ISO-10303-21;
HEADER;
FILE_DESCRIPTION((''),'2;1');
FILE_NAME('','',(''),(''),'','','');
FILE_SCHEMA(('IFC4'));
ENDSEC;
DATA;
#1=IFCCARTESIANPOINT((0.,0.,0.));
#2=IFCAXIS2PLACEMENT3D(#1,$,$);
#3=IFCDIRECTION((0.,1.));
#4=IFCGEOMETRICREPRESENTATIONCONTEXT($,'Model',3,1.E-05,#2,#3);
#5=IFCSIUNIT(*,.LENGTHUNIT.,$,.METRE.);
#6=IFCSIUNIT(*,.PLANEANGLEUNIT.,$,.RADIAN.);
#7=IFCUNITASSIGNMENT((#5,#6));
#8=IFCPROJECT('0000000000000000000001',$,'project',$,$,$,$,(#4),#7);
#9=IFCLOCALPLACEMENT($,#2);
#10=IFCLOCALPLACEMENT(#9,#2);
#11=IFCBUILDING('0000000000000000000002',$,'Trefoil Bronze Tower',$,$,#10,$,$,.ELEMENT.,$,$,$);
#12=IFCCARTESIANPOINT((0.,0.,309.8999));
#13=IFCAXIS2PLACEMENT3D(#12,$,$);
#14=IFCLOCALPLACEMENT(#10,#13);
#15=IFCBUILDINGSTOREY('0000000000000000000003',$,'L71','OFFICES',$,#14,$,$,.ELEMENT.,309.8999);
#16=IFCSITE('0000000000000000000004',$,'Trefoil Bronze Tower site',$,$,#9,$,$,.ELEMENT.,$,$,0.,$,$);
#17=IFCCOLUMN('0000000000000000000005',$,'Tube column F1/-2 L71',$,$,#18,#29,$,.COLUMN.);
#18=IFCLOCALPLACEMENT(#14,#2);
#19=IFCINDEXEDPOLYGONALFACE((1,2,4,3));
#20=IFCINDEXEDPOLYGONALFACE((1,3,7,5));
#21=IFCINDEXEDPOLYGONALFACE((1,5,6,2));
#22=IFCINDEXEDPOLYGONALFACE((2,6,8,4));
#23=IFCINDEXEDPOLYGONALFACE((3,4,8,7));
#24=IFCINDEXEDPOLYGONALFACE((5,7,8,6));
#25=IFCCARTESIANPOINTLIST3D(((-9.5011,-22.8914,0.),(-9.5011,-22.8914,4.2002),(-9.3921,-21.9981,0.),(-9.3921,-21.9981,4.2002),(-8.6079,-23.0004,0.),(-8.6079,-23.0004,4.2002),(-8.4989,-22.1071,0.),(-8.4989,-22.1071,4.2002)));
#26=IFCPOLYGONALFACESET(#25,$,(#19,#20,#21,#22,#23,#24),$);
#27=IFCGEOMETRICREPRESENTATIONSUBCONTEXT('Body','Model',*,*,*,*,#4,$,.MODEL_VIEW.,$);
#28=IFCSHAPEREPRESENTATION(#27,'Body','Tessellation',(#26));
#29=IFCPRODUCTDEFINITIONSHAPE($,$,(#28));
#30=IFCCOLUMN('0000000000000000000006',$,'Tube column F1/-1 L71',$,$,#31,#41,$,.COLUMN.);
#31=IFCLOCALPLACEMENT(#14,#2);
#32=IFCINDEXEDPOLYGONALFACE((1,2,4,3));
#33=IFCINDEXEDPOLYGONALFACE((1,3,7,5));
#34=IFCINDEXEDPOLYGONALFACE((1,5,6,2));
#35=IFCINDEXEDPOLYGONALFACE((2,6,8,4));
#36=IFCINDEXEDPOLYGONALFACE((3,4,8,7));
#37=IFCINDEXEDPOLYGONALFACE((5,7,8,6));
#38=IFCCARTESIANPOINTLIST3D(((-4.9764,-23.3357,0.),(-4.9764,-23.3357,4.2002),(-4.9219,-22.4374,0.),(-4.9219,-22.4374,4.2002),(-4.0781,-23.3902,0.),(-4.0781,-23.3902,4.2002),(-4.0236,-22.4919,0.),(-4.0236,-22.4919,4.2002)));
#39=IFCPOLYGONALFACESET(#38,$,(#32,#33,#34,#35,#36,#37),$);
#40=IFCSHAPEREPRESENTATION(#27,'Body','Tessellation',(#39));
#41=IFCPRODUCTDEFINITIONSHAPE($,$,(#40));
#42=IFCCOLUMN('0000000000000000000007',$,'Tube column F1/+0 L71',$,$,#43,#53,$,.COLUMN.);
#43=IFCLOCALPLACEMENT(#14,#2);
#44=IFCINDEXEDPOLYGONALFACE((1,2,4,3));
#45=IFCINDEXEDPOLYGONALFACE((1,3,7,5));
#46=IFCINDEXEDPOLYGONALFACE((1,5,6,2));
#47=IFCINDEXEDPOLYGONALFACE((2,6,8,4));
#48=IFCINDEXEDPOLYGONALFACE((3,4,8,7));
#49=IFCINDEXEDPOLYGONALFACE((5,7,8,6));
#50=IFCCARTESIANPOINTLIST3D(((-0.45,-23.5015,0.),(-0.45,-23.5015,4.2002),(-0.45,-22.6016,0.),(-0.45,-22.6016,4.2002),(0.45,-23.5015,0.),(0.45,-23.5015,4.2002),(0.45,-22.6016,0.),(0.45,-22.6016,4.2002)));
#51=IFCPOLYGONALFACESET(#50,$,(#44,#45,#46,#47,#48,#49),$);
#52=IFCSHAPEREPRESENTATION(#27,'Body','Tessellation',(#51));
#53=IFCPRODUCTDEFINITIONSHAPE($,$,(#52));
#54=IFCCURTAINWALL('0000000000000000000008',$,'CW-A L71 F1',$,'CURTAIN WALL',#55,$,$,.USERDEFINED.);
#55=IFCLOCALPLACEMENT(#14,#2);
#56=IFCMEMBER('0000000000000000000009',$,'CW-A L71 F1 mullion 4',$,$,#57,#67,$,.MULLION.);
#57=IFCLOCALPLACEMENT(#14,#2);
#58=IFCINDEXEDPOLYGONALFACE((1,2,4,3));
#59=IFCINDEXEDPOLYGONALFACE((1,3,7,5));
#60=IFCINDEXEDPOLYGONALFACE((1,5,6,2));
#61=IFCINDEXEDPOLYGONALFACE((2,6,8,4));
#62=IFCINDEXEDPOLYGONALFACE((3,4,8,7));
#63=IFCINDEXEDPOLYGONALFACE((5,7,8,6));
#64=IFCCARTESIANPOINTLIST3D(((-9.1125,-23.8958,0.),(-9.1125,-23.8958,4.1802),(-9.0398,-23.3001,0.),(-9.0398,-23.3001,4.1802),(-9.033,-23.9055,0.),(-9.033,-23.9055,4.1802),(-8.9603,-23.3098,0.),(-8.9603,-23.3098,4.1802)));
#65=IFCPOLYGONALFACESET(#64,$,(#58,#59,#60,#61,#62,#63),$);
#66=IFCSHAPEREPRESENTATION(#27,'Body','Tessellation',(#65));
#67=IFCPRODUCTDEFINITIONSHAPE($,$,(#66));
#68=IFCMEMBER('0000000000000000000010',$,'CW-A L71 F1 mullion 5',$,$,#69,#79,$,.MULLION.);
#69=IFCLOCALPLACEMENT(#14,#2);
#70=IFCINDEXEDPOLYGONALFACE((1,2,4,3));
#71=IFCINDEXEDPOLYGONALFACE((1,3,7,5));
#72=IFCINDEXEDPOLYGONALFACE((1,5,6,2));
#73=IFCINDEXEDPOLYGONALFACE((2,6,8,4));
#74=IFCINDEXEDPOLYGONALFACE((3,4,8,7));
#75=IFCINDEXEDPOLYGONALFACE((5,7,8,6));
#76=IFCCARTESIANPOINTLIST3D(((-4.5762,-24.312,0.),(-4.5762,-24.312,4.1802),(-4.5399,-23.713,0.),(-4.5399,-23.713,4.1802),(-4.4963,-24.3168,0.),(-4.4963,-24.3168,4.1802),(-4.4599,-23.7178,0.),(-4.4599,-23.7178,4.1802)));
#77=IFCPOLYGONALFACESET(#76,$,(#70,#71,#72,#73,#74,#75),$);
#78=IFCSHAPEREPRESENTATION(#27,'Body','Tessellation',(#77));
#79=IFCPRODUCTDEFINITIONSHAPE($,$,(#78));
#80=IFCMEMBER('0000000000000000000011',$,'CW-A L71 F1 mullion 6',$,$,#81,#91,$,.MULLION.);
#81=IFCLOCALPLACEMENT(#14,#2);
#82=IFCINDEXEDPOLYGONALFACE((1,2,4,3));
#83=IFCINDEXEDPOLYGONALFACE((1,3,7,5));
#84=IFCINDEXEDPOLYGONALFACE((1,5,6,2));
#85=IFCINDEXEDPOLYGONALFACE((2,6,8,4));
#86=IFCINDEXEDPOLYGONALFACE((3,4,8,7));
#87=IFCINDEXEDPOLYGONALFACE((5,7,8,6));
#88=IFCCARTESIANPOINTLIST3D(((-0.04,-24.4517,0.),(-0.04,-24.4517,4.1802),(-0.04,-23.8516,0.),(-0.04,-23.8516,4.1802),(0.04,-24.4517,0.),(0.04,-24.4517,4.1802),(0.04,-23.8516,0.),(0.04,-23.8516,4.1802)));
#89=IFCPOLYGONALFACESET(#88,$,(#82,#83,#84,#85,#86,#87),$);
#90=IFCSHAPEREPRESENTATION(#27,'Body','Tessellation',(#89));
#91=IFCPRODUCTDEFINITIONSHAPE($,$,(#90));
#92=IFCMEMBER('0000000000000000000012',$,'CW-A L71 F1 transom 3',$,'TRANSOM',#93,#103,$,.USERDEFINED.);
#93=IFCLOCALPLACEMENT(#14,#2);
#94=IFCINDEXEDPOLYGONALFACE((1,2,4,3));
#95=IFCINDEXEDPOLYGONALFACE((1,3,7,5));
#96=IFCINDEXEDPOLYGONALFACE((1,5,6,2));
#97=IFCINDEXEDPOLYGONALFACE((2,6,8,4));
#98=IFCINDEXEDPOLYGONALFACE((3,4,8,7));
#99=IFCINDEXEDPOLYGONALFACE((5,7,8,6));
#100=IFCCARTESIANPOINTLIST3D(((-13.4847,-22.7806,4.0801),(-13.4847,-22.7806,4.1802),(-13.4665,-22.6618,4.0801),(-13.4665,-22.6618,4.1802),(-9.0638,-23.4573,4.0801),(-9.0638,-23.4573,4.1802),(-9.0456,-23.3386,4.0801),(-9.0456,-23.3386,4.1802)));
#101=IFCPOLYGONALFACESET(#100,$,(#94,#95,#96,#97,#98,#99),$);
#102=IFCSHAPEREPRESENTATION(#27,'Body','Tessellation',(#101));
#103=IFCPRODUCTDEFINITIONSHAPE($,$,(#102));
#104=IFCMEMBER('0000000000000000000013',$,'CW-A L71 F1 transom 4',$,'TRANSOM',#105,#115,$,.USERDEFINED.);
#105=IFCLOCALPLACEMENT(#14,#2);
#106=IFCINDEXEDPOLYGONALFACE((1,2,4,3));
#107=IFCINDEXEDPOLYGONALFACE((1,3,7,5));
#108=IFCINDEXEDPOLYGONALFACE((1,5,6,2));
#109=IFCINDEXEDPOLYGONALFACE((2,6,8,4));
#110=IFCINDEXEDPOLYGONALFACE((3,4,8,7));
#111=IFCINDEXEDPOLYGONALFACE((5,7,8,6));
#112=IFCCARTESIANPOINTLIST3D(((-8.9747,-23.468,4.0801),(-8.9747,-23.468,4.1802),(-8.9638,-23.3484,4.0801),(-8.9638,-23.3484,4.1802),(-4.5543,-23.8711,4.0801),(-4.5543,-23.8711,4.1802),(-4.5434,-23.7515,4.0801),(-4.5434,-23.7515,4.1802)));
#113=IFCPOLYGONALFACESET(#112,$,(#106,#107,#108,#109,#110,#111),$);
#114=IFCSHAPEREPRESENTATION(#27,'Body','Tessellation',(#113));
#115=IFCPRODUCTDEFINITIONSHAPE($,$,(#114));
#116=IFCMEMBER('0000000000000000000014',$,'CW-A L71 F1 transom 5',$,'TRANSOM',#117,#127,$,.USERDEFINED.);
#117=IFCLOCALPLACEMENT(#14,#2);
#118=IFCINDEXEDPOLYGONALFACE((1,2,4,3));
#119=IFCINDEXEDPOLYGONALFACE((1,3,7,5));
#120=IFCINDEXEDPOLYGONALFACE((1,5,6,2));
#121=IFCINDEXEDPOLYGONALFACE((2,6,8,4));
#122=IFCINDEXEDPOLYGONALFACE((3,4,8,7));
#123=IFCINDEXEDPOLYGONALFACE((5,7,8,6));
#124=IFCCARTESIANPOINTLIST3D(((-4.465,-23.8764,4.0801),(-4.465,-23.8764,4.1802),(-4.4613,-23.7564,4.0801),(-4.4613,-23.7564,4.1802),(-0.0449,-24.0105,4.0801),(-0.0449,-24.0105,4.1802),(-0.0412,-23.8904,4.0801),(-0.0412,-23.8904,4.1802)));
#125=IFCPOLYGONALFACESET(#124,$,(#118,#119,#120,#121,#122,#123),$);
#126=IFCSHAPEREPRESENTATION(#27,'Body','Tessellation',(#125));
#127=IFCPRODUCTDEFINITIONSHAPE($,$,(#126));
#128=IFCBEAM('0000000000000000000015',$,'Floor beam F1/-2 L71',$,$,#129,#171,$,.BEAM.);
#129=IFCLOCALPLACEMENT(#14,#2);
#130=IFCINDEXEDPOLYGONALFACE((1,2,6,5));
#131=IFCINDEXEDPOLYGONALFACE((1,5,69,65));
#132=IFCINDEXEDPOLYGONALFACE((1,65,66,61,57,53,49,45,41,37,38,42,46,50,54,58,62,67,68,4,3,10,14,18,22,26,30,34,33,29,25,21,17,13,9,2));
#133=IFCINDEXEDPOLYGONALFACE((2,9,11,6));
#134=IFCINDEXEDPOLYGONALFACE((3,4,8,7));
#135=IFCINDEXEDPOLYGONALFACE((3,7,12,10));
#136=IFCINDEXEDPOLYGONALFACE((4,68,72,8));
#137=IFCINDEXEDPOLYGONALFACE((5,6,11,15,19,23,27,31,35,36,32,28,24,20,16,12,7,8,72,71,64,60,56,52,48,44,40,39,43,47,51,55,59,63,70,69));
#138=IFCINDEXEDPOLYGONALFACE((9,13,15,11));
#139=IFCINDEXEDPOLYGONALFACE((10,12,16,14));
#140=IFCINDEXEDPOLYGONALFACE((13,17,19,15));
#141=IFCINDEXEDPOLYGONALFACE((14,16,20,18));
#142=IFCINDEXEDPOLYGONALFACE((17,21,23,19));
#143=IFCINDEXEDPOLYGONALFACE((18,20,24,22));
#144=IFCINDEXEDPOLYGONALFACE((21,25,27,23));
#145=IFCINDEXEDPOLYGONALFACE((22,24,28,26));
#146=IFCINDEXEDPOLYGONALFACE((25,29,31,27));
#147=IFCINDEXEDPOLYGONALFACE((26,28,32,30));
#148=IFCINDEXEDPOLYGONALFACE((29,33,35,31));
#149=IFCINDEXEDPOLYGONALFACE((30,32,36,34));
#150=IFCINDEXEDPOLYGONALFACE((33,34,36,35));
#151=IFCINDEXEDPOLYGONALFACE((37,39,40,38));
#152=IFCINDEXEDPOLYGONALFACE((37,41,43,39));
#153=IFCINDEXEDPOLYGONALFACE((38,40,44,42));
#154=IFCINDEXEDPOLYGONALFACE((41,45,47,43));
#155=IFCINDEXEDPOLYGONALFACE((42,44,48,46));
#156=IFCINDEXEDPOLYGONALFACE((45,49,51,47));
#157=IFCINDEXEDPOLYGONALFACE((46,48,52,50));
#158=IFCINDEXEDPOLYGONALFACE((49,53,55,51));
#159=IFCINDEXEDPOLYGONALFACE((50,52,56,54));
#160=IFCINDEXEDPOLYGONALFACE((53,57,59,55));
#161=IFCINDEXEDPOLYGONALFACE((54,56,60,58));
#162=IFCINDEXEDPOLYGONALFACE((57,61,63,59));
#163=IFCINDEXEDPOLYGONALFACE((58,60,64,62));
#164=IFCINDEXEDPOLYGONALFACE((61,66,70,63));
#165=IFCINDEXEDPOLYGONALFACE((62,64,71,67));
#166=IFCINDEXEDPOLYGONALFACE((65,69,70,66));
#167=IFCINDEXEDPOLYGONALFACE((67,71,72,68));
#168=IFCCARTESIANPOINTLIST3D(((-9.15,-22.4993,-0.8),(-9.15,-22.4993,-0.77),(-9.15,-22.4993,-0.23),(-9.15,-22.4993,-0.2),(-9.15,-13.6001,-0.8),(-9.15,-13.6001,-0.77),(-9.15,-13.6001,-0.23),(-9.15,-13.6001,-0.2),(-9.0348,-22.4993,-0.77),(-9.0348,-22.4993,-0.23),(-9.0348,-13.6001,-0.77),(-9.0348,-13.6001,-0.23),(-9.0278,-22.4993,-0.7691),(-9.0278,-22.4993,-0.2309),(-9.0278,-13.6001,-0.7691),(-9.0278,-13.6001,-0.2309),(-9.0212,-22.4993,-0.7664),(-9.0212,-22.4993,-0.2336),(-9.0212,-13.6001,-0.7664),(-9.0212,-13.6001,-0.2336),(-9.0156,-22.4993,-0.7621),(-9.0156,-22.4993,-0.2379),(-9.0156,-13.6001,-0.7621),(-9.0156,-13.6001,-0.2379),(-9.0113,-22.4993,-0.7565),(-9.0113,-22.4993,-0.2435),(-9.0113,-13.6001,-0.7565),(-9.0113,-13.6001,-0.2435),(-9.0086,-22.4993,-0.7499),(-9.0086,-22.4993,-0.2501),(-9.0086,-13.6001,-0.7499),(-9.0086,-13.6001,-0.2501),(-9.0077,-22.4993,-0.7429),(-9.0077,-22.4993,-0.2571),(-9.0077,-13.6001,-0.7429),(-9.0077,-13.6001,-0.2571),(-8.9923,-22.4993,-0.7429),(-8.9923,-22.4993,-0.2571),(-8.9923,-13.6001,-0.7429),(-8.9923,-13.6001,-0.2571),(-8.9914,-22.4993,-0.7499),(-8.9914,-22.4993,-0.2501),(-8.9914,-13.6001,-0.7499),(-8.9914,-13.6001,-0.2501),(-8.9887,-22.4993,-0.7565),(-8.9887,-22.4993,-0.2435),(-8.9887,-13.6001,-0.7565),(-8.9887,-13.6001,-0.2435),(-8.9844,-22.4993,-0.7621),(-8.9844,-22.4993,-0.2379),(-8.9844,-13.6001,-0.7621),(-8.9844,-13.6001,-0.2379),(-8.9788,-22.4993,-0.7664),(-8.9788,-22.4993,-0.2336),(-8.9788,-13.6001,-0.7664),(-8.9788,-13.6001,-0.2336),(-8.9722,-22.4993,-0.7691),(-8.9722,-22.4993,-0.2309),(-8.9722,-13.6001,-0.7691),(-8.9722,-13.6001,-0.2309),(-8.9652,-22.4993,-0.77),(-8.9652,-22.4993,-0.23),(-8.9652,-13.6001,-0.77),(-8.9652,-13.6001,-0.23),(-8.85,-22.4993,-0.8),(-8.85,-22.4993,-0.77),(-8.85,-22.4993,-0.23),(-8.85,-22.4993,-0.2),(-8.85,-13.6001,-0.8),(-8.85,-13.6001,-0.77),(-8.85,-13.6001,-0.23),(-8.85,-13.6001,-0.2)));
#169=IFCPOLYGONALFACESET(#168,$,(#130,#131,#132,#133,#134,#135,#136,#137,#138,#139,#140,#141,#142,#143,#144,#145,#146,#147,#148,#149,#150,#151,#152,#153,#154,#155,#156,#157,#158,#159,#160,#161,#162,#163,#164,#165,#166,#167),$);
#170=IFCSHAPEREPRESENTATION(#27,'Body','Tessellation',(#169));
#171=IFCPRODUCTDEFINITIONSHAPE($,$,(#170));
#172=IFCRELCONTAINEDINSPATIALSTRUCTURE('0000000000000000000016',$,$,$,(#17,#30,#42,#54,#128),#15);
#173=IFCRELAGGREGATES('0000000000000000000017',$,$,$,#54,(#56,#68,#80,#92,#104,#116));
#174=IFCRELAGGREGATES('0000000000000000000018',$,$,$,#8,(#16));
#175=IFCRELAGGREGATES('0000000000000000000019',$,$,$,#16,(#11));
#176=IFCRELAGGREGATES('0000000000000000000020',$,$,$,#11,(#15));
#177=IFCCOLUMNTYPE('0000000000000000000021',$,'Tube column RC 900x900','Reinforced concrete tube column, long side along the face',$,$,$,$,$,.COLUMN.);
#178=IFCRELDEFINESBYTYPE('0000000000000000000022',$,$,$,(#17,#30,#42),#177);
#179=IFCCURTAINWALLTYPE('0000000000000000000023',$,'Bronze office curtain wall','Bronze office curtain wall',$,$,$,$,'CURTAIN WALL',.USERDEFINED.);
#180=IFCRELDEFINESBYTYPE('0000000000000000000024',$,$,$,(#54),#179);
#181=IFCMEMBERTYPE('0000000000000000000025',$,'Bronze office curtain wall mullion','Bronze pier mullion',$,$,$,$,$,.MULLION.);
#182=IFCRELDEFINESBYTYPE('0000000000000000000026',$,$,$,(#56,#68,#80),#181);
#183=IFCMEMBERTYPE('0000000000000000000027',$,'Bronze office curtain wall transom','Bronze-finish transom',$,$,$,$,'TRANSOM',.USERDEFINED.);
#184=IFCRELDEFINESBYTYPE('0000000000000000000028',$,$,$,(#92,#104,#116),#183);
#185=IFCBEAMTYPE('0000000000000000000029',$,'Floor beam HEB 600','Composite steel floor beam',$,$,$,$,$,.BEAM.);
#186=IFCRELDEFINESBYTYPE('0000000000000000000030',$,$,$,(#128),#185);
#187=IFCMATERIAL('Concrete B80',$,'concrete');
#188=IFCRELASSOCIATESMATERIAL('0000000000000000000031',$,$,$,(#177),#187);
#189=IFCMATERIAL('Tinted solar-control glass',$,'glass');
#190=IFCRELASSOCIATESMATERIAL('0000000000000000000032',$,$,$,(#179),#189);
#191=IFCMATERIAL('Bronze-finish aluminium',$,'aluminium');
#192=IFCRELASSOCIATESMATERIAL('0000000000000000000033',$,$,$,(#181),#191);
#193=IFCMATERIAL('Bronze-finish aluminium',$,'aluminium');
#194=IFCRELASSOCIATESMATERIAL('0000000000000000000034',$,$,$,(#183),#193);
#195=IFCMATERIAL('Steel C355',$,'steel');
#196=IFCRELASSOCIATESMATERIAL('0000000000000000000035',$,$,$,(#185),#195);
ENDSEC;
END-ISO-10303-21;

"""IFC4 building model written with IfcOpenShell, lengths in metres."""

from ifc_helpers import new_model, si_unit, direction, frame, origin, origin_2d, place, context, subcontext, project, spatial, rectangle, i_section, extrude, material, material_profile, profile_set, type_object, element, aggregate, save


model = new_model("IFC4")

# Units and contexts
model_context = context("Model", 3, precision=1e-05, world=origin(), true_north=direction((0.0, 1.0)))
body_context = subcontext(model_context, "Body", "Model", "MODEL_VIEW")
ifc_project = project(units=[si_unit("LENGTHUNIT", "METRE"), si_unit("PLANEANGLEUNIT", "RADIAN")], contexts=[model_context])

# Site, building, storey
site_placement = place(None, origin())
site = spatial("IfcSite", under=ifc_project, at=site_placement, Name="Trefoil Bronze Tower site", CompositionType="ELEMENT", RefElevation=0.0)
building_placement = place(site_placement, origin())
building = spatial("IfcBuilding", under=site, at=building_placement, Name="Trefoil Bronze Tower", CompositionType="ELEMENT")
storey_placement = place(building_placement, frame((0.0, 0.0, 309.8999)))
storey = spatial("IfcBuildingStorey", under=building, at=storey_placement, Name="L71", Description="OFFICES", CompositionType="ELEMENT", Elevation=309.8999)

# Columns
ifc_material_1 = material(Name="Concrete B80", Category="concrete")
ifc_material_profile_1 = material_profile(ifc_material_1, rectangle(XDim=0.8999, YDim=0.8999, at=origin_2d()), Name="RC 900x900")
ifc_profile_set_1 = profile_set([ifc_material_profile_1], Name="Concrete B80")
column_type = type_object("IfcColumnType", Name="Tube column RC 900x900", Description="Reinforced concrete tube column, long side along the face", PredefinedType="COLUMN", material=ifc_profile_set_1)
for number, where, z_axis, x_axis, name in (
    (1, (-9.0, -22.4993, 0.0), (0.0, 0.0, 1.0), (0.992639, -0.121109, 0.0), "Tube column F1/-2 L71"),
    (2, (-4.5, -22.9138, 0.0), (0.0, 0.0, 1.0), (0.998165, -0.060554, 0.0), "Tube column F1/-1 L71"),
    (3, (0.0, -23.0515, 0.0), (0.0, 0.0, 1.0), (1.0, 0.0, 0.0), "Tube column F1/+0 L71"),
):
    element("IfcColumn", number, at=place(storey_placement, frame(where, z_axis=z_axis, x_axis=x_axis)), inside=storey, type_object=column_type, Name=name, PredefinedType="COLUMN", context=body_context, shape_type="SweptSolid", body=[
        extrude(rectangle(XDim=0.8999, YDim=0.8999, at=origin_2d()), origin(), (0.0, 0.0, 1.0), 4.2002),
    ])

# Curtain wall, members
ifc_material_2 = material(Name="Tinted solar-control glass", Category="glass")
curtain_wall_type = type_object("IfcCurtainWallType", Name="Bronze office curtain wall", Description="Bronze office curtain wall", ElementType="CURTAIN WALL", PredefinedType="USERDEFINED", material=ifc_material_2)
curtain_wall_placement = place(storey_placement, origin())
curtain_wall = element("IfcCurtainWall", 4, at=curtain_wall_placement, inside=storey, type_object=curtain_wall_type, Name="CW-A L71 F1", ObjectType="CURTAIN WALL", PredefinedType="USERDEFINED")
ifc_material_3 = material(Name="Bronze-finish aluminium", Category="aluminium")
ifc_material_profile_2 = material_profile(ifc_material_3, rectangle(XDim=0.6001, YDim=0.0801, at=origin_2d()), Name="CW-A mullion")
ifc_profile_set_2 = profile_set([ifc_material_profile_2], Name="Bronze-finish aluminium")
member_type_1 = type_object("IfcMemberType", Name="Bronze office curtain wall mullion", Description="Bronze pier mullion", PredefinedType="MULLION", material=ifc_profile_set_2)
member_1_placement = place(storey_placement, frame((-9.0364, -23.6028, 0.0), z_axis=(0.0, 0.0, 1.0), x_axis=(0.121109, 0.992639, 0.0)))
member_1 = element("IfcMember", 5, at=member_1_placement, type_object=member_type_1, Name="CW-A L71 F1 mullion 4", PredefinedType="MULLION", context=body_context, shape_type="SweptSolid", body=[
    extrude(rectangle(XDim=0.6001, YDim=0.0801, at=origin_2d()), origin(), (0.0, 0.0, 1.0), 4.1802),
])
member_2_placement = place(storey_placement, frame((-4.5181, -24.0149, 0.0), z_axis=(0.0, 0.0, 1.0), x_axis=(0.060554, 0.998165, 0.0)))
member_2 = element("IfcMember", 6, at=member_2_placement, type_object=member_type_1, Name="CW-A L71 F1 mullion 5", PredefinedType="MULLION", context=body_context, shape_type="SweptSolid", body=[
    extrude(rectangle(XDim=0.6001, YDim=0.0801, at=origin_2d()), origin(), (0.0, 0.0, 1.0), 4.1802),
])
member_3_placement = place(storey_placement, frame((0.0, -24.1516, 0.0), z_axis=(0.0, 0.0, 1.0), x_axis=(0.0, 1.0, 0.0)))
member_3 = element("IfcMember", 7, at=member_3_placement, type_object=member_type_1, Name="CW-A L71 F1 mullion 6", PredefinedType="MULLION", context=body_context, shape_type="SweptSolid", body=[
    extrude(rectangle(XDim=0.6001, YDim=0.0801, at=origin_2d()), origin(), (0.0, 0.0, 1.0), 4.1802),
])
ifc_material_4 = material(Name="Bronze-finish aluminium", Category="aluminium")
ifc_material_profile_3 = material_profile(ifc_material_4, rectangle(XDim=0.1201, YDim=0.1001, at=origin_2d()), Name="CW-A transom")
ifc_profile_set_3 = profile_set([ifc_material_profile_3], Name="Bronze-finish aluminium")
member_type_2 = type_object("IfcMemberType", Name="Bronze office curtain wall transom", Description="Bronze-finish transom", ElementType="TRANSOM", PredefinedType="USERDEFINED", material=ifc_profile_set_3)
member_4_placement = place(storey_placement, frame((-13.4756, -22.7212, 4.1301), z_axis=(0.988485, -0.151319, 0.0), x_axis=(0.151319, 0.988485, 0.0)))
member_4 = element("IfcMember", 8, at=member_4_placement, type_object=member_type_2, Name="CW-A L71 F1 transom 3", ObjectType="TRANSOM", PredefinedType="USERDEFINED", context=body_context, shape_type="SweptSolid", body=[
    extrude(rectangle(XDim=0.1201, YDim=0.1001, at=origin_2d()), origin(), (0.0, 0.0, 1.0), 4.4724),
])
member_5_placement = place(storey_placement, frame((-8.9692, -23.4082, 4.1301), z_axis=(0.995868, -0.090808, 0.0), x_axis=(0.090808, 0.995868, 0.0)))
member_5 = element("IfcMember", 9, at=member_5_placement, type_object=member_type_2, Name="CW-A L71 F1 transom 4", ObjectType="TRANSOM", PredefinedType="USERDEFINED", context=body_context, shape_type="SweptSolid", body=[
    extrude(rectangle(XDim=0.1201, YDim=0.1001, at=origin_2d()), origin(), (0.0, 0.0, 1.0), 4.4387),
])
member_6_placement = place(storey_placement, frame((-4.4631, -23.8164, 4.1301), z_axis=(0.999541, -0.030309, 0.0), x_axis=(0.030309, 0.999541, 0.0)))
member_6 = element("IfcMember", 10, at=member_6_placement, type_object=member_type_2, Name="CW-A L71 F1 transom 5", ObjectType="TRANSOM", PredefinedType="USERDEFINED", context=body_context, shape_type="SweptSolid", body=[
    extrude(rectangle(XDim=0.1201, YDim=0.1001, at=origin_2d()), origin(), (0.0, 0.0, 1.0), 4.4221),
])

# Beam
ifc_material_5 = material(Name="Steel C355", Category="steel")
ifc_material_profile_4 = material_profile(ifc_material_5, i_section(OverallWidth=0.3, OverallDepth=0.6001, WebThickness=0.0154, FlangeThickness=0.03, FilletRadius=0.0271, at=origin_2d()), Name="HEB 600")
ifc_profile_set_4 = profile_set([ifc_material_profile_4], Name="Steel C355")
beam_type_1 = type_object("IfcBeamType", Name="Floor beam HEB 600", Description="Composite steel floor beam", PredefinedType="BEAM", material=ifc_profile_set_4)
beam_1_placement = place(storey_placement, frame((-9.0, -22.4993, -0.5), z_axis=(0.0, 1.0, 0.0), x_axis=(-1.0, 0.0, 0.0)))
element("IfcBeam", 11, at=beam_1_placement, inside=storey, type_object=beam_type_1, Name="Floor beam F1/-2 L71", PredefinedType="BEAM", context=body_context, shape_type="SweptSolid", body=[
    extrude(i_section(OverallWidth=0.3, OverallDepth=0.6001, WebThickness=0.0154, FlangeThickness=0.03, FilletRadius=0.0271, at=origin_2d()), origin(), (0.0, 0.0, 1.0), 8.8992),
])

aggregate(curtain_wall, [member_1, member_2, member_3, member_4, member_5, member_6])

save(model, "model.ifc")
